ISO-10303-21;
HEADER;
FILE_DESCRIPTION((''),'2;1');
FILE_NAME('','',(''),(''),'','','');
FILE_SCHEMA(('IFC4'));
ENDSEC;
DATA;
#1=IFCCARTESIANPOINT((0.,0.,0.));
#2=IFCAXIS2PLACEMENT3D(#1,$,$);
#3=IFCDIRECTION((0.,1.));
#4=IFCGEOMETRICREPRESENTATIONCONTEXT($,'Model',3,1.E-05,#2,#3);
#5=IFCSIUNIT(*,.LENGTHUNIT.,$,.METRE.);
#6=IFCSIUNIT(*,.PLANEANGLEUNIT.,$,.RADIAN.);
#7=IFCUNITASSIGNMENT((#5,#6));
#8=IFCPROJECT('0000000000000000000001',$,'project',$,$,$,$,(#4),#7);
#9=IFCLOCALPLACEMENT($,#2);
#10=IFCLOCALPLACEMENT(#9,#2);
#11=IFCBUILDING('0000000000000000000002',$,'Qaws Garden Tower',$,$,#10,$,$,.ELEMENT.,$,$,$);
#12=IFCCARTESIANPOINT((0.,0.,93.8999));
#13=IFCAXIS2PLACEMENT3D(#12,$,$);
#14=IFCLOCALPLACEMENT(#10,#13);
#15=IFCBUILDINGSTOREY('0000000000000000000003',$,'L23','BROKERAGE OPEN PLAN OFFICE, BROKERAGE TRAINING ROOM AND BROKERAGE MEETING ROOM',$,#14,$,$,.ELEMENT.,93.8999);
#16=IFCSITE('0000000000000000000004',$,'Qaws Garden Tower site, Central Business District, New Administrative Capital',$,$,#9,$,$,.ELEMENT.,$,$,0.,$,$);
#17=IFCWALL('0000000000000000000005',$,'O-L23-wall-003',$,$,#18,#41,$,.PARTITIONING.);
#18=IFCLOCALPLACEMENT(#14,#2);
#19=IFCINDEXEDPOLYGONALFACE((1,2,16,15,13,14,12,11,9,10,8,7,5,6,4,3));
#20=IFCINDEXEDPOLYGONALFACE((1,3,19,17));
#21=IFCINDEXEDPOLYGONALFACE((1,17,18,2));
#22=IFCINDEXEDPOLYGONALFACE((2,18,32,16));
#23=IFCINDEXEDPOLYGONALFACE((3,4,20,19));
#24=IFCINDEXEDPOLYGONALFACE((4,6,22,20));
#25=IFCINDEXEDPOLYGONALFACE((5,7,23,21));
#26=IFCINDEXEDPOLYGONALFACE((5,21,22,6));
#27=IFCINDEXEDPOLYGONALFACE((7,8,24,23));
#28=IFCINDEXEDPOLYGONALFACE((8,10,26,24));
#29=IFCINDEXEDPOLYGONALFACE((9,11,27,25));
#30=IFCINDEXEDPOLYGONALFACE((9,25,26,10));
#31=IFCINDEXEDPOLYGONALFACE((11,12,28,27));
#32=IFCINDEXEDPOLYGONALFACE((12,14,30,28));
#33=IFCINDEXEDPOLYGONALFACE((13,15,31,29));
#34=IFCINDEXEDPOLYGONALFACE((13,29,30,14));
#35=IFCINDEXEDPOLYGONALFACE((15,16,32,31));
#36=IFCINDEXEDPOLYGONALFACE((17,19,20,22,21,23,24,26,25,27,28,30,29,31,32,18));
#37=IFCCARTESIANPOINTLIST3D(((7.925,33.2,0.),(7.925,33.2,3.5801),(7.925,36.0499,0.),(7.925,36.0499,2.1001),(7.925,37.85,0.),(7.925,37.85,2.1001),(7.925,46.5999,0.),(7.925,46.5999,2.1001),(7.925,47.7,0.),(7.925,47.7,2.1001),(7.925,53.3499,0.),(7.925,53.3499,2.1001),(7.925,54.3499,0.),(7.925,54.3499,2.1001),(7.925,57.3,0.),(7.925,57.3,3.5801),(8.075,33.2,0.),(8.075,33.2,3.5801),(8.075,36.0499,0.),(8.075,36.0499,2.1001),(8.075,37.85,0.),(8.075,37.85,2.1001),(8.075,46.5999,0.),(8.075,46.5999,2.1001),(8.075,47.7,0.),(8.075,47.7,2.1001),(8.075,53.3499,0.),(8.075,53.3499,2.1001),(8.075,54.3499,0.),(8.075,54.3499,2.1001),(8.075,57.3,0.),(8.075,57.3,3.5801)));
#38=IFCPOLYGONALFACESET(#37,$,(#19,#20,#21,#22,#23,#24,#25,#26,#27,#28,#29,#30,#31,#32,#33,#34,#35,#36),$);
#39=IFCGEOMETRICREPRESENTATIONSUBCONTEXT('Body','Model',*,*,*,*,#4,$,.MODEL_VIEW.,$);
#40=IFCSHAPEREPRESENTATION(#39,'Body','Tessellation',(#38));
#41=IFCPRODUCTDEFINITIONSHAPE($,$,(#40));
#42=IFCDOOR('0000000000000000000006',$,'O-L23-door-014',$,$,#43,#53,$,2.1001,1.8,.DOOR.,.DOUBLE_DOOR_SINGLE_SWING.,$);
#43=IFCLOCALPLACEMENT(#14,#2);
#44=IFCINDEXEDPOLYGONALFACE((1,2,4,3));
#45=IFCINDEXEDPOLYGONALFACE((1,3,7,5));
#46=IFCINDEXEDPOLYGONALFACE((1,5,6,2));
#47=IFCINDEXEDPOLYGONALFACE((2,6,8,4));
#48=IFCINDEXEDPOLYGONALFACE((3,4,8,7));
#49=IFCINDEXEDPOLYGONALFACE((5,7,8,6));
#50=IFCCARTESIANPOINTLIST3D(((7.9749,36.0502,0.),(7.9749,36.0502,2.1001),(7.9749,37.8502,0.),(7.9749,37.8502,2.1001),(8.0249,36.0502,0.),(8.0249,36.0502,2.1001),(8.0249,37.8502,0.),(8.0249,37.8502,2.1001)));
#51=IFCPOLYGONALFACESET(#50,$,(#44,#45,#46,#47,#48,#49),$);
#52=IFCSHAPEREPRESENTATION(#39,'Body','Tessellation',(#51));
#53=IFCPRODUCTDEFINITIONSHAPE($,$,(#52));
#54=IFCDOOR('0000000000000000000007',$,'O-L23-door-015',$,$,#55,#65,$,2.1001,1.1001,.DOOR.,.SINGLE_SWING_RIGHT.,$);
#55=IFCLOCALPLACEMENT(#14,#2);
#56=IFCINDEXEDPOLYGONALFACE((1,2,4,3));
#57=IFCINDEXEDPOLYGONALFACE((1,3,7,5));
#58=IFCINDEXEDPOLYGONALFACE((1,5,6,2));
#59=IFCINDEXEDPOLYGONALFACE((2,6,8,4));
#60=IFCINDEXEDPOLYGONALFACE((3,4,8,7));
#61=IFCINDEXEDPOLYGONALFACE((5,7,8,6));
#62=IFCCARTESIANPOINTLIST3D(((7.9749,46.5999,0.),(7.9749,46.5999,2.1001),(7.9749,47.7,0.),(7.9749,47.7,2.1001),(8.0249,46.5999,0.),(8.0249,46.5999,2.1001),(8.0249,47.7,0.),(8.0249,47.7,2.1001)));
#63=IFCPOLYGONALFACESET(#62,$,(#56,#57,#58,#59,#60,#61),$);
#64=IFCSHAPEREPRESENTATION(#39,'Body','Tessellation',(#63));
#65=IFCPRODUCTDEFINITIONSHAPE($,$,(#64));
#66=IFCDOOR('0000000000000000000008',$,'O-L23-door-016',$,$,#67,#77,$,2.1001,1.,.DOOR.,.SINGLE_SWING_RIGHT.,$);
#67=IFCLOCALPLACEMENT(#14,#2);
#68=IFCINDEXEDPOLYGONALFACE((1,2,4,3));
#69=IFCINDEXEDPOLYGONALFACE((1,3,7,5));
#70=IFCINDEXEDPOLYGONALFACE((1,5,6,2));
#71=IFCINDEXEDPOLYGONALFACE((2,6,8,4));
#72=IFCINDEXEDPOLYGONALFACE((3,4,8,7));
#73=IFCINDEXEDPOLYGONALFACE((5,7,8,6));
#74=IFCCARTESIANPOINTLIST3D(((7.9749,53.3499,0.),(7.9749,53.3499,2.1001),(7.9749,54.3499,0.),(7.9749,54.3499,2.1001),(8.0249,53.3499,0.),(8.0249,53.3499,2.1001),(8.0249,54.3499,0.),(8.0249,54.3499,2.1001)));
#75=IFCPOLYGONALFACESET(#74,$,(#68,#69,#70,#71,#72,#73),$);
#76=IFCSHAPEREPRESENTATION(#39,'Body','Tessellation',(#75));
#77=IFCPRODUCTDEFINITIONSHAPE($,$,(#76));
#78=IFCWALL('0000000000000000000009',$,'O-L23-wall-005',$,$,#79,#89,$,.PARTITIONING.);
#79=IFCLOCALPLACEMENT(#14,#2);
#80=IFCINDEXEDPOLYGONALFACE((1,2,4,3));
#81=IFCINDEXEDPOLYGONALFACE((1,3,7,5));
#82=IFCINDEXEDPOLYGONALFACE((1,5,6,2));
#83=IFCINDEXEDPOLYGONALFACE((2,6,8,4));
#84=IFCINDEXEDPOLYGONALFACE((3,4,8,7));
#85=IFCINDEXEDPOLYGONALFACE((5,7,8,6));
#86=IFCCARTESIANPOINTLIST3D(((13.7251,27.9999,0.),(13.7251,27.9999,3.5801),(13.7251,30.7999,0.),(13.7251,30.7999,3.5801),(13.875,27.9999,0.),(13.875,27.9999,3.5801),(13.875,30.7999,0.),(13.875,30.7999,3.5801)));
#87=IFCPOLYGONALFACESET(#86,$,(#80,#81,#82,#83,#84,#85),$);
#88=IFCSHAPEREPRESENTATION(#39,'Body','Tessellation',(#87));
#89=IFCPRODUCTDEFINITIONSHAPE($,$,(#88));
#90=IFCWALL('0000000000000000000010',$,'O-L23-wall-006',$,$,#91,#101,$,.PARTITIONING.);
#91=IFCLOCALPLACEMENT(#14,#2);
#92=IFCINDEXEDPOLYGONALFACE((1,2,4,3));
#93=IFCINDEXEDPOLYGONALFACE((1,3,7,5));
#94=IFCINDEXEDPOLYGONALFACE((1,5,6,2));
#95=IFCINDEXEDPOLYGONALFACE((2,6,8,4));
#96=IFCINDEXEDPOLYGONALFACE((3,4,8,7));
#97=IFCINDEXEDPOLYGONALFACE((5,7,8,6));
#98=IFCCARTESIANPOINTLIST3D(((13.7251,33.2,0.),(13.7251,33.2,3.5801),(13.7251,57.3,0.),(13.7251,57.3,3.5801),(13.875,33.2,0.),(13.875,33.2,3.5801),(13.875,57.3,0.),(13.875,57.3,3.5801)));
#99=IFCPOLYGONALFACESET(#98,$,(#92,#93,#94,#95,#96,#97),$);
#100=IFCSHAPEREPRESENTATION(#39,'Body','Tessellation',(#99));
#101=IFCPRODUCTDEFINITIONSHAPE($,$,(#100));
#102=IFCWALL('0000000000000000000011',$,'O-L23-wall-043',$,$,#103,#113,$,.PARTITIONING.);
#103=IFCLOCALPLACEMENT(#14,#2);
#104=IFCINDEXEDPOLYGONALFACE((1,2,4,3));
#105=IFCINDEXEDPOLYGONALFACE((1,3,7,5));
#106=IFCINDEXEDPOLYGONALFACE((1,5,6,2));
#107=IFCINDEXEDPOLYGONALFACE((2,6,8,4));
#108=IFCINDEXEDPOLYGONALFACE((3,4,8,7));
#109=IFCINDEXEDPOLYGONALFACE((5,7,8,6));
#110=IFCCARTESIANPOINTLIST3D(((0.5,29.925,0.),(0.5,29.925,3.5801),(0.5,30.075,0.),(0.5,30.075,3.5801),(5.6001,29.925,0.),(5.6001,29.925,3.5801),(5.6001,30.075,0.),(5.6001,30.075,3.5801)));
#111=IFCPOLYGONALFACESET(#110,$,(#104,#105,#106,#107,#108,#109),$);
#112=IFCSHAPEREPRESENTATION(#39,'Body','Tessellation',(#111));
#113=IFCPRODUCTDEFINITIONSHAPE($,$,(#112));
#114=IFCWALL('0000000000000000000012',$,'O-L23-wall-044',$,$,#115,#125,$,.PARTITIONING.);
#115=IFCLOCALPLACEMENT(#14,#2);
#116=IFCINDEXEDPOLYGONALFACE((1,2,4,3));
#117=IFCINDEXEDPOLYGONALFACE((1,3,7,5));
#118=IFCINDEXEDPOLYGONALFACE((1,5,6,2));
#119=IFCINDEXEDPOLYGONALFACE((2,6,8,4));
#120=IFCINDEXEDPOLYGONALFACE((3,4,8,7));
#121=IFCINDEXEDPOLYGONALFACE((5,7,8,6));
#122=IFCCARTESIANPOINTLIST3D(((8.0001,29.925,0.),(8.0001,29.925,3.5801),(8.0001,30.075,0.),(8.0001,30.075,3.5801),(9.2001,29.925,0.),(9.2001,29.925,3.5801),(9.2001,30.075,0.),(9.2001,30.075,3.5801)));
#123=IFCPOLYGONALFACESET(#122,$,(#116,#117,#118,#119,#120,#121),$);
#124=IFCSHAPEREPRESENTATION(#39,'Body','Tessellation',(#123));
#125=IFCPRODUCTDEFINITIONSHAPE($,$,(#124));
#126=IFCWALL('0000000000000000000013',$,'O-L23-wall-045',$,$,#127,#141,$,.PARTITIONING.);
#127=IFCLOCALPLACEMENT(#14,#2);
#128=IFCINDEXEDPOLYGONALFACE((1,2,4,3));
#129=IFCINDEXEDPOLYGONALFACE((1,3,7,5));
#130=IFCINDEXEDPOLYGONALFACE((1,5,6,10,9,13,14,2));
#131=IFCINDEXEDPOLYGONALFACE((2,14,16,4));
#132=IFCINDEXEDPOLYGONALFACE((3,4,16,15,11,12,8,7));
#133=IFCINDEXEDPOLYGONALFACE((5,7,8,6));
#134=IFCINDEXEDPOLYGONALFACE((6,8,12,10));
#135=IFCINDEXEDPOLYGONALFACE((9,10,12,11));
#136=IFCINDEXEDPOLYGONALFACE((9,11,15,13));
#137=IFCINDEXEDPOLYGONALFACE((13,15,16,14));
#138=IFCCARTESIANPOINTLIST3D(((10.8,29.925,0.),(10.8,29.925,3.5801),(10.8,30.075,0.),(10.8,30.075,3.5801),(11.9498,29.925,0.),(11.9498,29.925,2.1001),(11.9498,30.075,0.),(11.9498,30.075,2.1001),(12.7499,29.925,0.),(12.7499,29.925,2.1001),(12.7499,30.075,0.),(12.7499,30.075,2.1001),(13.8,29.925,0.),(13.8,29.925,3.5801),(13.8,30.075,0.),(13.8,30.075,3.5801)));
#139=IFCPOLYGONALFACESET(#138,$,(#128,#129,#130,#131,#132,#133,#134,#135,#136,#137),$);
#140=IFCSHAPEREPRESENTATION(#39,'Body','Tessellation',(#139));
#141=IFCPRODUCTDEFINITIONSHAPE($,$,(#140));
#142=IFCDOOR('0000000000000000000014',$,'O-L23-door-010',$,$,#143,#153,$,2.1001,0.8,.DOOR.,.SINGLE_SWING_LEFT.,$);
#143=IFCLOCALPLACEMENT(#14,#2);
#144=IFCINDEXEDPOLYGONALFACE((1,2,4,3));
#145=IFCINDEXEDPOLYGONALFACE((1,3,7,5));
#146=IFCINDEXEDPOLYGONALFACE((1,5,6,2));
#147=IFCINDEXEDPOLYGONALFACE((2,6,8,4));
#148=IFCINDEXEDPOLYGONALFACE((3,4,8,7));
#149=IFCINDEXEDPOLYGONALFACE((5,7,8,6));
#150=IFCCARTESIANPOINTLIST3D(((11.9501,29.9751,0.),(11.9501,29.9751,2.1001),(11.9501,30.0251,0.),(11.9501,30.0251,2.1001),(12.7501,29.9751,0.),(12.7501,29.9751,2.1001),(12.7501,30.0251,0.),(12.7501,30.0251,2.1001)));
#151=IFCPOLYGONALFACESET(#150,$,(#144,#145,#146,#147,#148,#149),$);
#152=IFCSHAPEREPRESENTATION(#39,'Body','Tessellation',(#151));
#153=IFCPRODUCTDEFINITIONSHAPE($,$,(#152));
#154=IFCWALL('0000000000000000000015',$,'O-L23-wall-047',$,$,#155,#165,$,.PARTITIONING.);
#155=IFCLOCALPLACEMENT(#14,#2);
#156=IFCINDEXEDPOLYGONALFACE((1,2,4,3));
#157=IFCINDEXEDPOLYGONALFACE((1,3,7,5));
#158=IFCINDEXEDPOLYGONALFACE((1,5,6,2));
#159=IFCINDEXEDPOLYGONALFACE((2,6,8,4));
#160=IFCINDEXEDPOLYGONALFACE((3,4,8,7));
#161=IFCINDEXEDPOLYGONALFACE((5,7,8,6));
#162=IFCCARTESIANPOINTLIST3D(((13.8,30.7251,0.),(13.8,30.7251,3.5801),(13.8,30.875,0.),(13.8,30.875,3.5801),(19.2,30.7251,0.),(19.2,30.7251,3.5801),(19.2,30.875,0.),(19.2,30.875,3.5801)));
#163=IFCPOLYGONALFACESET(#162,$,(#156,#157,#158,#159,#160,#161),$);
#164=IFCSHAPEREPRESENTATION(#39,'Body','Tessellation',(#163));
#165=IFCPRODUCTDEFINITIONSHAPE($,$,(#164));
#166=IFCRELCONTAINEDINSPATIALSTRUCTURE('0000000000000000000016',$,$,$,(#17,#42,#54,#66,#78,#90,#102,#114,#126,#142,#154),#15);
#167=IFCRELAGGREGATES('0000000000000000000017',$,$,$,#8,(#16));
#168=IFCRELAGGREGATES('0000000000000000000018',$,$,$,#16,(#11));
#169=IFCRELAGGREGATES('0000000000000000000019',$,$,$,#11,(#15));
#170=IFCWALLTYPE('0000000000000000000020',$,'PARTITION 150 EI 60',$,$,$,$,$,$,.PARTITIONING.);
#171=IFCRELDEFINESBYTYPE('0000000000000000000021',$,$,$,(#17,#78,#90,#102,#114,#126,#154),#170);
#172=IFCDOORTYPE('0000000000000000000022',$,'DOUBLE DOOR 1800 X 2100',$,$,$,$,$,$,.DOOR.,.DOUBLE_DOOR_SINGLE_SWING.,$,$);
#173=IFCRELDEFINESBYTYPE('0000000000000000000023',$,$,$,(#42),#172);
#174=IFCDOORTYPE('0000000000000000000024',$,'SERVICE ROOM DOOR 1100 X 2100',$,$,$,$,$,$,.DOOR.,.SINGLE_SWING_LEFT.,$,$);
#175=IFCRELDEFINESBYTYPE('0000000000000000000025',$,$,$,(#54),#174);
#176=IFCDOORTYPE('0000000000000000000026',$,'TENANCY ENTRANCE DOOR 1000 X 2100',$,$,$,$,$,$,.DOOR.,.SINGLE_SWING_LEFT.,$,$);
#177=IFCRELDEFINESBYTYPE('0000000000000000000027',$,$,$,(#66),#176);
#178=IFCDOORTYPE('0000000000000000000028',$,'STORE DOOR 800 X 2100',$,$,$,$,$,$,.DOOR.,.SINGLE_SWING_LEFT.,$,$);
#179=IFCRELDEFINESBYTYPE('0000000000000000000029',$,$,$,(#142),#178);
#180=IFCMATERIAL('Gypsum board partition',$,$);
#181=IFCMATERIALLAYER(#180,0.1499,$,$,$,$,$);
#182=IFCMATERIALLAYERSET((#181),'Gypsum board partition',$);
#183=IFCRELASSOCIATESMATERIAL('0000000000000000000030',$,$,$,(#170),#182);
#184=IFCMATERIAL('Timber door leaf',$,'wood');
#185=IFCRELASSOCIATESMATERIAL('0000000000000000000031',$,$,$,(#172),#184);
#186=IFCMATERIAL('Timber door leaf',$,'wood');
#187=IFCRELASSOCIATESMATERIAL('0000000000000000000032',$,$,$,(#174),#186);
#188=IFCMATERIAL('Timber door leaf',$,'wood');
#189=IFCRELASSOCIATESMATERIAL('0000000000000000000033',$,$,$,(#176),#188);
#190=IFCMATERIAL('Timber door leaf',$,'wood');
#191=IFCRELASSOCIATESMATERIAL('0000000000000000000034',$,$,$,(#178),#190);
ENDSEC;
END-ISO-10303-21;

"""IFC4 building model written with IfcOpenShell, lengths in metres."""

from ifc_helpers import new_model, si_unit, direction, frame, frame_2d, origin, place, context, subcontext, project, spatial, rectangle, extrude, material, layer, layer_set, type_object, element, fill, save


model = new_model("IFC4")

# Units and contexts
model_context = context("Model", 3, precision=1e-05, world=origin(), true_north=direction((0.0, 1.0)))
body_context = subcontext(model_context, "Body", "Model", "MODEL_VIEW")
ifc_project = project(units=[si_unit("LENGTHUNIT", "METRE"), si_unit("PLANEANGLEUNIT", "RADIAN")], contexts=[model_context])

# Site, building, storey
site_placement = place(None, origin())
site = spatial("IfcSite", under=ifc_project, at=site_placement, Name="Qaws Garden Tower site, Central Business District, New Administrative Capital", CompositionType="ELEMENT", RefElevation=0.0)
building_placement = place(site_placement, origin())
building = spatial("IfcBuilding", under=site, at=building_placement, Name="Qaws Garden Tower", CompositionType="ELEMENT")
storey_placement = place(building_placement, frame((0.0, 0.0, 93.8999)))
storey = spatial("IfcBuildingStorey", under=building, at=storey_placement, Name="L23", Description="BROKERAGE OPEN PLAN OFFICE, BROKERAGE TRAINING ROOM AND BROKERAGE MEETING ROOM", CompositionType="ELEMENT", Elevation=93.8999)

# Wall, openings, doors
ifc_material_1 = material(Name="Gypsum board partition")
ifc_layer_1 = layer(ifc_material_1, 0.1499)
ifc_layer_set_1 = layer_set([ifc_layer_1], Name="Gypsum board partition")
wall_type_1 = type_object("IfcWallType", Name="PARTITION 150 EI 60", PredefinedType="PARTITIONING", material=ifc_layer_set_1)
wall_1_placement = place(storey_placement, frame((8.0, 33.2, 0.0), z_axis=(0.0, 0.0, 1.0), x_axis=(0.0, 1.0, 0.0)))
wall_1 = element("IfcWall", 1, at=wall_1_placement, inside=storey, type_object=wall_type_1, Name="O-L23-wall-003", PredefinedType="PARTITIONING", context=body_context, shape_type="SweptSolid", body=[
    extrude(rectangle(XDim=24.1001, YDim=0.1499, at=frame_2d((12.05, 0.0))), origin(), (0.0, 0.0, 1.0), 3.5801),
])
opening_1_placement = place(wall_1_placement, frame((2.8501, 0.0, 0.0)))
opening_1 = element("IfcOpeningElement", 2, at=opening_1_placement, cuts=wall_1, PredefinedType="OPENING", context=body_context, shape_type="SweptSolid", body=[
    extrude(rectangle(XDim=1.8, YDim=2.1001, at=frame_2d((0.8999, 1.05))), frame((0.0, 0.085, 0.0), z_axis=(0.0, -1.0, 0.0), x_axis=(1.0, 0.0, 0.0)), (0.0, 0.0, 1.0), 0.1699),
])
opening_2_placement = place(wall_1_placement, frame((13.3999, 0.0, 0.0)))
opening_2 = element("IfcOpeningElement", 3, at=opening_2_placement, cuts=wall_1, PredefinedType="OPENING", context=body_context, shape_type="SweptSolid", body=[
    extrude(rectangle(XDim=1.1001, YDim=2.1001, at=frame_2d((0.55, 1.05))), frame((0.0, 0.085, 0.0), z_axis=(0.0, -1.0, 0.0), x_axis=(1.0, 0.0, 0.0)), (0.0, 0.0, 1.0), 0.1699),
])
opening_3_placement = place(wall_1_placement, frame((20.1499, 0.0, 0.0)))
opening_3 = element("IfcOpeningElement", 4, at=opening_3_placement, cuts=wall_1, PredefinedType="OPENING", context=body_context, shape_type="SweptSolid", body=[
    extrude(rectangle(XDim=1.0, YDim=2.1001, at=frame_2d((0.5, 1.05))), frame((0.0, 0.085, 0.0), z_axis=(0.0, -1.0, 0.0), x_axis=(1.0, 0.0, 0.0)), (0.0, 0.0, 1.0), 0.1699),
])
ifc_material_2 = material(Name="Timber door leaf", Category="wood")
door_type_1 = type_object("IfcDoorType", Name="DOUBLE DOOR 1800 X 2100", OperationType="DOUBLE_DOOR_SINGLE_SWING", PredefinedType="DOOR", material=ifc_material_2)
door_1_placement = place(opening_1_placement, frame((1.8, 0.0, 0.0), z_axis=(0.0, 0.0, 1.0), x_axis=(-1.0, 0.0, 0.0)))
door_1 = element("IfcDoor", 5, at=door_1_placement, inside=storey, type_object=door_type_1, Name="O-L23-door-014", OperationType="DOUBLE_DOOR_SINGLE_SWING", OverallHeight=2.1001, OverallWidth=1.8, PredefinedType="DOOR", context=body_context, shape_type="SweptSolid", body=[
    extrude(rectangle(XDim=1.8, YDim=2.1001, at=frame_2d((0.8999, 1.05))), frame((0.0, 0.0249, 0.0), z_axis=(0.0, -1.0, 0.0), x_axis=(1.0, 0.0, 0.0)), (0.0, 0.0, 1.0), 0.05),
])
fill(opening_1, door_1)
ifc_material_3 = material(Name="Timber door leaf", Category="wood")
door_type_2 = type_object("IfcDoorType", Name="SERVICE ROOM DOOR 1100 X 2100", OperationType="SINGLE_SWING_LEFT", PredefinedType="DOOR", material=ifc_material_3)
door_2_placement = place(opening_2_placement, frame((1.1001, 0.0, 0.0), z_axis=(0.0, 0.0, 1.0), x_axis=(-1.0, 0.0, 0.0)))
door_2 = element("IfcDoor", 6, at=door_2_placement, inside=storey, type_object=door_type_2, Name="O-L23-door-015", OperationType="SINGLE_SWING_RIGHT", OverallHeight=2.1001, OverallWidth=1.1001, PredefinedType="DOOR", context=body_context, shape_type="SweptSolid", body=[
    extrude(rectangle(XDim=1.1001, YDim=2.1001, at=frame_2d((0.55, 1.05))), frame((0.0, 0.0249, 0.0), z_axis=(0.0, -1.0, 0.0), x_axis=(1.0, 0.0, 0.0)), (0.0, 0.0, 1.0), 0.05),
])
fill(opening_2, door_2)
ifc_material_4 = material(Name="Timber door leaf", Category="wood")
door_type_3 = type_object("IfcDoorType", Name="TENANCY ENTRANCE DOOR 1000 X 2100", OperationType="SINGLE_SWING_LEFT", PredefinedType="DOOR", material=ifc_material_4)
door_3_placement = place(opening_3_placement, frame((1.0, 0.0, 0.0), z_axis=(0.0, 0.0, 1.0), x_axis=(-1.0, 0.0, 0.0)))
door_3 = element("IfcDoor", 7, at=door_3_placement, inside=storey, type_object=door_type_3, Name="O-L23-door-016", OperationType="SINGLE_SWING_RIGHT", OverallHeight=2.1001, OverallWidth=1.0, PredefinedType="DOOR", context=body_context, shape_type="SweptSolid", body=[
    extrude(rectangle(XDim=1.0, YDim=2.1001, at=frame_2d((0.5, 1.05))), frame((0.0, 0.0249, 0.0), z_axis=(0.0, -1.0, 0.0), x_axis=(1.0, 0.0, 0.0)), (0.0, 0.0, 1.0), 0.05),
])
fill(opening_3, door_3)

# Walls
wall_2_placement = place(storey_placement, frame((13.8, 28.0, 0.0), z_axis=(0.0, 0.0, 1.0), x_axis=(0.0, 1.0, 0.0)))
element("IfcWall", 8, at=wall_2_placement, inside=storey, type_object=wall_type_1, Name="O-L23-wall-005", PredefinedType="PARTITIONING", context=body_context, shape_type="SweptSolid", body=[
    extrude(rectangle(XDim=2.8, YDim=0.1499, at=frame_2d((1.3999, 0.0))), origin(), (0.0, 0.0, 1.0), 3.5801),
])
wall_3_placement = place(storey_placement, frame((13.8, 33.2, 0.0), z_axis=(0.0, 0.0, 1.0), x_axis=(0.0, 1.0, 0.0)))
element("IfcWall", 9, at=wall_3_placement, inside=storey, type_object=wall_type_1, Name="O-L23-wall-006", PredefinedType="PARTITIONING", context=body_context, shape_type="SweptSolid", body=[
    extrude(rectangle(XDim=24.1001, YDim=0.1499, at=frame_2d((12.05, 0.0))), origin(), (0.0, 0.0, 1.0), 3.5801),
])
wall_4_placement = place(storey_placement, frame((0.5, 30.0, 0.0), z_axis=(0.0, 0.0, 1.0), x_axis=(1.0, 0.0, 0.0)))
element("IfcWall", 10, at=wall_4_placement, inside=storey, type_object=wall_type_1, Name="O-L23-wall-043", PredefinedType="PARTITIONING", context=body_context, shape_type="SweptSolid", body=[
    extrude(rectangle(XDim=5.1001, YDim=0.1499, at=frame_2d((2.55, 0.0))), origin(), (0.0, 0.0, 1.0), 3.5801),
])
wall_5_placement = place(storey_placement, frame((8.0, 30.0, 0.0), z_axis=(0.0, 0.0, 1.0), x_axis=(1.0, 0.0, 0.0)))
element("IfcWall", 11, at=wall_5_placement, inside=storey, type_object=wall_type_1, Name="O-L23-wall-044", PredefinedType="PARTITIONING", context=body_context, shape_type="SweptSolid", body=[
    extrude(rectangle(XDim=1.2, YDim=0.1499, at=frame_2d((0.6001, 0.0))), origin(), (0.0, 0.0, 1.0), 3.5801),
])

# Wall, opening, door
wall_6_placement = place(storey_placement, frame((10.8, 30.0, 0.0), z_axis=(0.0, 0.0, 1.0), x_axis=(1.0, 0.0, 0.0)))
wall_6 = element("IfcWall", 12, at=wall_6_placement, inside=storey, type_object=wall_type_1, Name="O-L23-wall-045", PredefinedType="PARTITIONING", context=body_context, shape_type="SweptSolid", body=[
    extrude(rectangle(XDim=3.0, YDim=0.1499, at=frame_2d((1.5, 0.0))), origin(), (0.0, 0.0, 1.0), 3.5801),
])
opening_4_placement = place(wall_6_placement, frame((1.1499, 0.0, 0.0)))
opening_4 = element("IfcOpeningElement", 13, at=opening_4_placement, cuts=wall_6, PredefinedType="OPENING", context=body_context, shape_type="SweptSolid", body=[
    extrude(rectangle(XDim=0.8, YDim=2.1001, at=frame_2d((0.3999, 1.05))), frame((0.0, 0.085, 0.0), z_axis=(0.0, -1.0, 0.0), x_axis=(1.0, 0.0, 0.0)), (0.0, 0.0, 1.0), 0.1699),
])
ifc_material_5 = material(Name="Timber door leaf", Category="wood")
door_type_4 = type_object("IfcDoorType", Name="STORE DOOR 800 X 2100", OperationType="SINGLE_SWING_LEFT", PredefinedType="DOOR", material=ifc_material_5)
door_4_placement = place(opening_4_placement, frame((0.8, 0.0, 0.0), z_axis=(0.0, 0.0, 1.0), x_axis=(-1.0, 0.0, 0.0)))
door_4 = element("IfcDoor", 14, at=door_4_placement, inside=storey, type_object=door_type_4, Name="O-L23-door-010", OperationType="SINGLE_SWING_LEFT", OverallHeight=2.1001, OverallWidth=0.8, PredefinedType="DOOR", context=body_context, shape_type="SweptSolid", body=[
    extrude(rectangle(XDim=0.8, YDim=2.1001, at=frame_2d((0.3999, 1.05))), frame((0.0, 0.0249, 0.0), z_axis=(0.0, -1.0, 0.0), x_axis=(1.0, 0.0, 0.0)), (0.0, 0.0, 1.0), 0.05),
])
fill(opening_4, door_4)

# Wall
wall_7_placement = place(storey_placement, frame((13.8, 30.8, 0.0), z_axis=(0.0, 0.0, 1.0), x_axis=(1.0, 0.0, 0.0)))
element("IfcWall", 15, at=wall_7_placement, inside=storey, type_object=wall_type_1, Name="O-L23-wall-047", PredefinedType="PARTITIONING", context=body_context, shape_type="SweptSolid", body=[
    extrude(rectangle(XDim=5.3999, YDim=0.1499, at=frame_2d((2.7, 0.0))), origin(), (0.0, 0.0, 1.0), 3.5801),
])

save(model, "model.ifc")
